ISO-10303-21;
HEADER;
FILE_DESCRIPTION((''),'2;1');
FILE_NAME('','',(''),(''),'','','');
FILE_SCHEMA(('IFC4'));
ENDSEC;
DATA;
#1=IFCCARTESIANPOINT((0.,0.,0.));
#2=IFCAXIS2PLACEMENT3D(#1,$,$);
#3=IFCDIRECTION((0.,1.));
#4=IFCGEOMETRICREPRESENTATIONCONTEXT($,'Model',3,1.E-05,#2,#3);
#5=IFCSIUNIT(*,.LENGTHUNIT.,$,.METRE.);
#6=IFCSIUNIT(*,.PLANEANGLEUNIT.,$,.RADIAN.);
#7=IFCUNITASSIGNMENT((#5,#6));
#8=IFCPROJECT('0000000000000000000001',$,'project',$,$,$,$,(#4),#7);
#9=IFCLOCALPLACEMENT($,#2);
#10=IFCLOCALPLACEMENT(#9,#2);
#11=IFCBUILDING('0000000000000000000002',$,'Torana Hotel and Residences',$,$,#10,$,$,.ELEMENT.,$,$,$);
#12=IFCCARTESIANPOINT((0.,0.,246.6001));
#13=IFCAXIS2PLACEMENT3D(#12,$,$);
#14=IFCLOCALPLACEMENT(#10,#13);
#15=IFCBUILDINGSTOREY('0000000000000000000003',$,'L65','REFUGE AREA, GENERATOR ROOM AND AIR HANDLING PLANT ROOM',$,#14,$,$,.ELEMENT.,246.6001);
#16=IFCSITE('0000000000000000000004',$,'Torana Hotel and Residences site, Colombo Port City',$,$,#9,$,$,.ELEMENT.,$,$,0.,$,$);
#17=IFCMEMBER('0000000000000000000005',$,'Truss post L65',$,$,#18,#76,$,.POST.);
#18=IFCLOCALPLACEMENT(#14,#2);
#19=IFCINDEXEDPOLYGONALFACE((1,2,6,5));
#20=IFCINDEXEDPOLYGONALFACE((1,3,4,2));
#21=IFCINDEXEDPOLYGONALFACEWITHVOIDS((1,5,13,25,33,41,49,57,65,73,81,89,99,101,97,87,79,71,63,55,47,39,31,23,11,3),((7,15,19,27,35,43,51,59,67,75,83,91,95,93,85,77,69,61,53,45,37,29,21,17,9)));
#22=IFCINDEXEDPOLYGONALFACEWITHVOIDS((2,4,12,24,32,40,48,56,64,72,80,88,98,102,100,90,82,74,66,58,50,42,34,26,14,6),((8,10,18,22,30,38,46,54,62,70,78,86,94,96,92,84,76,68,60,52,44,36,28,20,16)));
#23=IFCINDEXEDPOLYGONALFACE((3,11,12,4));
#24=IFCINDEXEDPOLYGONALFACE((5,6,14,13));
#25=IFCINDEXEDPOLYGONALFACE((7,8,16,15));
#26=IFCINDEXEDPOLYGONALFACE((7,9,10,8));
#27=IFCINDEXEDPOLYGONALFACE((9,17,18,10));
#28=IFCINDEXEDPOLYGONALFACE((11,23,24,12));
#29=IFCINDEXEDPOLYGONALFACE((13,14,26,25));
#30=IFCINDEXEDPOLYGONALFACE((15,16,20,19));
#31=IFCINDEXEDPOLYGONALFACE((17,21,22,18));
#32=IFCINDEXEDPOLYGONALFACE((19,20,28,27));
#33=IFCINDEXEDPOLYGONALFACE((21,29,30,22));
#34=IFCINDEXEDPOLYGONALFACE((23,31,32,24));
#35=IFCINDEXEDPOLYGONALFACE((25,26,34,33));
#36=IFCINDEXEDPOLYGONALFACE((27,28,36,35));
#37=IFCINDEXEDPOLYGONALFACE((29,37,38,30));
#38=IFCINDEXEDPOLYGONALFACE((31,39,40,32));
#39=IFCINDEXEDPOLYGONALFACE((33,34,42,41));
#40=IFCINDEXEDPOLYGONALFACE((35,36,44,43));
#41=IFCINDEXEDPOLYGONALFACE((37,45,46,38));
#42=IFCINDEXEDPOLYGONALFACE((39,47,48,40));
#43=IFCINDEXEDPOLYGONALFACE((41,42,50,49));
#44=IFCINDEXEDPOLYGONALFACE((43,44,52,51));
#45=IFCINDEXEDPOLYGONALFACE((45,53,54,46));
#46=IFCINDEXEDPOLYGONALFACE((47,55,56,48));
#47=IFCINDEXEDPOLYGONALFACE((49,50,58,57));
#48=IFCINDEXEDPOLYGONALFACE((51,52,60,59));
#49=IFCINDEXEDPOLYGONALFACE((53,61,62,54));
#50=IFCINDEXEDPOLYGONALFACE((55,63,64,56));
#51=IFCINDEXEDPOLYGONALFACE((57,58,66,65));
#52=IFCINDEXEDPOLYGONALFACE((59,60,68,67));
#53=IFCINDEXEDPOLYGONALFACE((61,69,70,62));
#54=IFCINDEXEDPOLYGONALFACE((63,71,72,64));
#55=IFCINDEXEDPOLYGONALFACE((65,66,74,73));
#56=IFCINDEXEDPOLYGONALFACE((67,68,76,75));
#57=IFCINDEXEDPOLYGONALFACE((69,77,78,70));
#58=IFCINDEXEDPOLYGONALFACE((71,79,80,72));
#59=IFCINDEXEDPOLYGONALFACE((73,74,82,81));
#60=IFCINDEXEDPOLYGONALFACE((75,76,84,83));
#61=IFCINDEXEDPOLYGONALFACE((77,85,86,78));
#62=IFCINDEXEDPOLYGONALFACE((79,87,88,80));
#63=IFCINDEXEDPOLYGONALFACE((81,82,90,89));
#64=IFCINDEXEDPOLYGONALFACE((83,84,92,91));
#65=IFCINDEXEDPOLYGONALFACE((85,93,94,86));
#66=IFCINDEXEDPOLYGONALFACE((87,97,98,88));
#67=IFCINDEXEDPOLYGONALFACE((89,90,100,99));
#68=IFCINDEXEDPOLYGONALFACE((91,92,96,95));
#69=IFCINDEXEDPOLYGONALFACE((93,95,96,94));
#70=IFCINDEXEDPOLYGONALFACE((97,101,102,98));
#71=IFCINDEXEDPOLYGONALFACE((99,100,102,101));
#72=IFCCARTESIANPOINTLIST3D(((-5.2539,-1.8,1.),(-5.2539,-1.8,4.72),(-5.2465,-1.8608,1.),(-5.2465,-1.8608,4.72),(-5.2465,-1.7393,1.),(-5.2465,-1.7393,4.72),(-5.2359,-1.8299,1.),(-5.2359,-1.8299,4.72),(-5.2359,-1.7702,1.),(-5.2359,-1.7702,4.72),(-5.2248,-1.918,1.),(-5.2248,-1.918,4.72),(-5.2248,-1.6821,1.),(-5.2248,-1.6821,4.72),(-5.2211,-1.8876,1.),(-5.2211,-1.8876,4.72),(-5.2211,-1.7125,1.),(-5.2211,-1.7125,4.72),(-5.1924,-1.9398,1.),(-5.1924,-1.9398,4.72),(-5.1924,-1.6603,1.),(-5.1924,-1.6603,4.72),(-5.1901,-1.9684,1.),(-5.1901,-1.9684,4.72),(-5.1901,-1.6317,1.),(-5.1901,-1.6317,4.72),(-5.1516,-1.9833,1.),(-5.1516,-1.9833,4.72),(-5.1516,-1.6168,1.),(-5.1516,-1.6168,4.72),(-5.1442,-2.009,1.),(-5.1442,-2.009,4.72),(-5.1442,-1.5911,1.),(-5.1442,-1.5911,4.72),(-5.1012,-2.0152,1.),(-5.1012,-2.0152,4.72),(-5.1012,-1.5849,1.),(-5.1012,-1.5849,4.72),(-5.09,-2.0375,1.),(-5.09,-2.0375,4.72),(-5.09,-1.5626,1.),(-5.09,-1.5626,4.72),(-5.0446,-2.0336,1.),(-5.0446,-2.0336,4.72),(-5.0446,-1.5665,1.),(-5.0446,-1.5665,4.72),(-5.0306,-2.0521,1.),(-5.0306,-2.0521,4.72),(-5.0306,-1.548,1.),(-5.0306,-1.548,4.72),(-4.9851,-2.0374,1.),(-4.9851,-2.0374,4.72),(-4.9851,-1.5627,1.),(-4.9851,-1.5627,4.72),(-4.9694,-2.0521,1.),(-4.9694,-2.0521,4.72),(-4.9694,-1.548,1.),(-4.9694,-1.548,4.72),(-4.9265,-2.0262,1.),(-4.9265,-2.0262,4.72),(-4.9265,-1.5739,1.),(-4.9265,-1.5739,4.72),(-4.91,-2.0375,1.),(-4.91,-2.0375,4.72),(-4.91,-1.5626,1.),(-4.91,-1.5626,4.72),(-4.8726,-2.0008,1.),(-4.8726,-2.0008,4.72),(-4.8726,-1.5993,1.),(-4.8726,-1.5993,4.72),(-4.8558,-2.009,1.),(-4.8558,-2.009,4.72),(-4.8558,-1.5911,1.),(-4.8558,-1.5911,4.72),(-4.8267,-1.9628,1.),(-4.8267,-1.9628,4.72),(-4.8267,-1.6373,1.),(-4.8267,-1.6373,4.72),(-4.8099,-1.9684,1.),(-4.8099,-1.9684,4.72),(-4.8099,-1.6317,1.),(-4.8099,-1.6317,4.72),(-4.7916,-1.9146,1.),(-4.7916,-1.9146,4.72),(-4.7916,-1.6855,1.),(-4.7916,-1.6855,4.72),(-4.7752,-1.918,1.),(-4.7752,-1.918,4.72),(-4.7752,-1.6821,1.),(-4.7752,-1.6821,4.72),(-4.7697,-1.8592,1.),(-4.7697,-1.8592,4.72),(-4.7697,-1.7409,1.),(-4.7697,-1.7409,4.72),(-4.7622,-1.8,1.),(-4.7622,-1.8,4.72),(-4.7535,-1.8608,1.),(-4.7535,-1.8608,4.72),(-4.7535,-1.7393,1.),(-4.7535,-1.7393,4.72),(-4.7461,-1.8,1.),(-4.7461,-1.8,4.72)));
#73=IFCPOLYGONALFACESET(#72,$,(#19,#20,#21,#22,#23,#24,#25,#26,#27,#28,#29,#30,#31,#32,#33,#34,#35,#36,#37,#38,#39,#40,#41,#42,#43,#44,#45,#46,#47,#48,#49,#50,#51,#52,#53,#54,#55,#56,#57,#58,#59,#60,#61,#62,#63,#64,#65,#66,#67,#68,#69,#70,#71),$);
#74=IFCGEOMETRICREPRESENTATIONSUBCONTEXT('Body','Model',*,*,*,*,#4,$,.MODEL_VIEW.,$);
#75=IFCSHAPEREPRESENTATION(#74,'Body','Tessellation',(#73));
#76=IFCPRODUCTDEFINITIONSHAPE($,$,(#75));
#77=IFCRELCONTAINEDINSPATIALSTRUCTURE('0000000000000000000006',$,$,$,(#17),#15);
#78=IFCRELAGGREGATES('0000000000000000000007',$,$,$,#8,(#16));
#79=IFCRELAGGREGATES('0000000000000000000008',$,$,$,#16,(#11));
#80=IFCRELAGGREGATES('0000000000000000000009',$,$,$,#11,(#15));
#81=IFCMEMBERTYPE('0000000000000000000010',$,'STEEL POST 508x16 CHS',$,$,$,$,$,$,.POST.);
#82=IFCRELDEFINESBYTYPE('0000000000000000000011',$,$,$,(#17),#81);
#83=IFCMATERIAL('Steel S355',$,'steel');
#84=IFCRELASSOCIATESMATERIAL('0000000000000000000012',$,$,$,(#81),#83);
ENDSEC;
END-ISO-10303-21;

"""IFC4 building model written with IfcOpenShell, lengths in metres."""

from ifc_helpers import new_model, si_unit, direction, frame, origin, origin_2d, place, context, subcontext, project, spatial, hollow_circle, extrude, material, material_profile, profile_set, type_object, element, save


model = new_model("IFC4")

# Units and contexts
model_context = context("Model", 3, precision=1e-05, world=origin(), true_north=direction((0.0, 1.0)))
body_context = subcontext(model_context, "Body", "Model", "MODEL_VIEW")
ifc_project = project(units=[si_unit("LENGTHUNIT", "METRE"), si_unit("PLANEANGLEUNIT", "RADIAN")], contexts=[model_context])

# Site, building, storey
site_placement = place(None, origin())
site = spatial("IfcSite", under=ifc_project, at=site_placement, Name="Torana Hotel and Residences site, Colombo Port City", CompositionType="ELEMENT", RefElevation=0.0)
building_placement = place(site_placement, origin())
building = spatial("IfcBuilding", under=site, at=building_placement, Name="Torana Hotel and Residences", CompositionType="ELEMENT")
storey_placement = place(building_placement, frame((0.0, 0.0, 246.6001)))
storey = spatial("IfcBuildingStorey", under=building, at=storey_placement, Name="L65", Description="REFUGE AREA, GENERATOR ROOM AND AIR HANDLING PLANT ROOM", CompositionType="ELEMENT", Elevation=246.6001)

# Member
ifc_material_1 = material(Name="Steel S355", Category="steel")
ifc_material_profile_1 = material_profile(ifc_material_1, hollow_circle(Radius=0.2539, WallThickness=0.0161, at=origin_2d()), Name="508x16 CHS")
ifc_profile_set_1 = profile_set([ifc_material_profile_1], Name="Steel S355")
member_type_1 = type_object("IfcMemberType", Name="STEEL POST 508x16 CHS", PredefinedType="POST", material=ifc_profile_set_1)
for number, where, z_axis, x_axis, name in (
    (1, (-5.0, -1.8, 1.0), (0.0, 0.0, 1.0), (1.0, 0.0, 0.0), "Truss post L65"),
):
    element("IfcMember", number, at=place(storey_placement, frame(where, z_axis=z_axis, x_axis=x_axis)), inside=storey, type_object=member_type_1, Name=name, PredefinedType="POST", context=body_context, shape_type="SweptSolid", body=[
        extrude(hollow_circle(Radius=0.2539, WallThickness=0.0161, at=origin_2d()), origin(), (0.0, 0.0, 1.0), 3.72),
    ])

save(model, "model.ifc")
